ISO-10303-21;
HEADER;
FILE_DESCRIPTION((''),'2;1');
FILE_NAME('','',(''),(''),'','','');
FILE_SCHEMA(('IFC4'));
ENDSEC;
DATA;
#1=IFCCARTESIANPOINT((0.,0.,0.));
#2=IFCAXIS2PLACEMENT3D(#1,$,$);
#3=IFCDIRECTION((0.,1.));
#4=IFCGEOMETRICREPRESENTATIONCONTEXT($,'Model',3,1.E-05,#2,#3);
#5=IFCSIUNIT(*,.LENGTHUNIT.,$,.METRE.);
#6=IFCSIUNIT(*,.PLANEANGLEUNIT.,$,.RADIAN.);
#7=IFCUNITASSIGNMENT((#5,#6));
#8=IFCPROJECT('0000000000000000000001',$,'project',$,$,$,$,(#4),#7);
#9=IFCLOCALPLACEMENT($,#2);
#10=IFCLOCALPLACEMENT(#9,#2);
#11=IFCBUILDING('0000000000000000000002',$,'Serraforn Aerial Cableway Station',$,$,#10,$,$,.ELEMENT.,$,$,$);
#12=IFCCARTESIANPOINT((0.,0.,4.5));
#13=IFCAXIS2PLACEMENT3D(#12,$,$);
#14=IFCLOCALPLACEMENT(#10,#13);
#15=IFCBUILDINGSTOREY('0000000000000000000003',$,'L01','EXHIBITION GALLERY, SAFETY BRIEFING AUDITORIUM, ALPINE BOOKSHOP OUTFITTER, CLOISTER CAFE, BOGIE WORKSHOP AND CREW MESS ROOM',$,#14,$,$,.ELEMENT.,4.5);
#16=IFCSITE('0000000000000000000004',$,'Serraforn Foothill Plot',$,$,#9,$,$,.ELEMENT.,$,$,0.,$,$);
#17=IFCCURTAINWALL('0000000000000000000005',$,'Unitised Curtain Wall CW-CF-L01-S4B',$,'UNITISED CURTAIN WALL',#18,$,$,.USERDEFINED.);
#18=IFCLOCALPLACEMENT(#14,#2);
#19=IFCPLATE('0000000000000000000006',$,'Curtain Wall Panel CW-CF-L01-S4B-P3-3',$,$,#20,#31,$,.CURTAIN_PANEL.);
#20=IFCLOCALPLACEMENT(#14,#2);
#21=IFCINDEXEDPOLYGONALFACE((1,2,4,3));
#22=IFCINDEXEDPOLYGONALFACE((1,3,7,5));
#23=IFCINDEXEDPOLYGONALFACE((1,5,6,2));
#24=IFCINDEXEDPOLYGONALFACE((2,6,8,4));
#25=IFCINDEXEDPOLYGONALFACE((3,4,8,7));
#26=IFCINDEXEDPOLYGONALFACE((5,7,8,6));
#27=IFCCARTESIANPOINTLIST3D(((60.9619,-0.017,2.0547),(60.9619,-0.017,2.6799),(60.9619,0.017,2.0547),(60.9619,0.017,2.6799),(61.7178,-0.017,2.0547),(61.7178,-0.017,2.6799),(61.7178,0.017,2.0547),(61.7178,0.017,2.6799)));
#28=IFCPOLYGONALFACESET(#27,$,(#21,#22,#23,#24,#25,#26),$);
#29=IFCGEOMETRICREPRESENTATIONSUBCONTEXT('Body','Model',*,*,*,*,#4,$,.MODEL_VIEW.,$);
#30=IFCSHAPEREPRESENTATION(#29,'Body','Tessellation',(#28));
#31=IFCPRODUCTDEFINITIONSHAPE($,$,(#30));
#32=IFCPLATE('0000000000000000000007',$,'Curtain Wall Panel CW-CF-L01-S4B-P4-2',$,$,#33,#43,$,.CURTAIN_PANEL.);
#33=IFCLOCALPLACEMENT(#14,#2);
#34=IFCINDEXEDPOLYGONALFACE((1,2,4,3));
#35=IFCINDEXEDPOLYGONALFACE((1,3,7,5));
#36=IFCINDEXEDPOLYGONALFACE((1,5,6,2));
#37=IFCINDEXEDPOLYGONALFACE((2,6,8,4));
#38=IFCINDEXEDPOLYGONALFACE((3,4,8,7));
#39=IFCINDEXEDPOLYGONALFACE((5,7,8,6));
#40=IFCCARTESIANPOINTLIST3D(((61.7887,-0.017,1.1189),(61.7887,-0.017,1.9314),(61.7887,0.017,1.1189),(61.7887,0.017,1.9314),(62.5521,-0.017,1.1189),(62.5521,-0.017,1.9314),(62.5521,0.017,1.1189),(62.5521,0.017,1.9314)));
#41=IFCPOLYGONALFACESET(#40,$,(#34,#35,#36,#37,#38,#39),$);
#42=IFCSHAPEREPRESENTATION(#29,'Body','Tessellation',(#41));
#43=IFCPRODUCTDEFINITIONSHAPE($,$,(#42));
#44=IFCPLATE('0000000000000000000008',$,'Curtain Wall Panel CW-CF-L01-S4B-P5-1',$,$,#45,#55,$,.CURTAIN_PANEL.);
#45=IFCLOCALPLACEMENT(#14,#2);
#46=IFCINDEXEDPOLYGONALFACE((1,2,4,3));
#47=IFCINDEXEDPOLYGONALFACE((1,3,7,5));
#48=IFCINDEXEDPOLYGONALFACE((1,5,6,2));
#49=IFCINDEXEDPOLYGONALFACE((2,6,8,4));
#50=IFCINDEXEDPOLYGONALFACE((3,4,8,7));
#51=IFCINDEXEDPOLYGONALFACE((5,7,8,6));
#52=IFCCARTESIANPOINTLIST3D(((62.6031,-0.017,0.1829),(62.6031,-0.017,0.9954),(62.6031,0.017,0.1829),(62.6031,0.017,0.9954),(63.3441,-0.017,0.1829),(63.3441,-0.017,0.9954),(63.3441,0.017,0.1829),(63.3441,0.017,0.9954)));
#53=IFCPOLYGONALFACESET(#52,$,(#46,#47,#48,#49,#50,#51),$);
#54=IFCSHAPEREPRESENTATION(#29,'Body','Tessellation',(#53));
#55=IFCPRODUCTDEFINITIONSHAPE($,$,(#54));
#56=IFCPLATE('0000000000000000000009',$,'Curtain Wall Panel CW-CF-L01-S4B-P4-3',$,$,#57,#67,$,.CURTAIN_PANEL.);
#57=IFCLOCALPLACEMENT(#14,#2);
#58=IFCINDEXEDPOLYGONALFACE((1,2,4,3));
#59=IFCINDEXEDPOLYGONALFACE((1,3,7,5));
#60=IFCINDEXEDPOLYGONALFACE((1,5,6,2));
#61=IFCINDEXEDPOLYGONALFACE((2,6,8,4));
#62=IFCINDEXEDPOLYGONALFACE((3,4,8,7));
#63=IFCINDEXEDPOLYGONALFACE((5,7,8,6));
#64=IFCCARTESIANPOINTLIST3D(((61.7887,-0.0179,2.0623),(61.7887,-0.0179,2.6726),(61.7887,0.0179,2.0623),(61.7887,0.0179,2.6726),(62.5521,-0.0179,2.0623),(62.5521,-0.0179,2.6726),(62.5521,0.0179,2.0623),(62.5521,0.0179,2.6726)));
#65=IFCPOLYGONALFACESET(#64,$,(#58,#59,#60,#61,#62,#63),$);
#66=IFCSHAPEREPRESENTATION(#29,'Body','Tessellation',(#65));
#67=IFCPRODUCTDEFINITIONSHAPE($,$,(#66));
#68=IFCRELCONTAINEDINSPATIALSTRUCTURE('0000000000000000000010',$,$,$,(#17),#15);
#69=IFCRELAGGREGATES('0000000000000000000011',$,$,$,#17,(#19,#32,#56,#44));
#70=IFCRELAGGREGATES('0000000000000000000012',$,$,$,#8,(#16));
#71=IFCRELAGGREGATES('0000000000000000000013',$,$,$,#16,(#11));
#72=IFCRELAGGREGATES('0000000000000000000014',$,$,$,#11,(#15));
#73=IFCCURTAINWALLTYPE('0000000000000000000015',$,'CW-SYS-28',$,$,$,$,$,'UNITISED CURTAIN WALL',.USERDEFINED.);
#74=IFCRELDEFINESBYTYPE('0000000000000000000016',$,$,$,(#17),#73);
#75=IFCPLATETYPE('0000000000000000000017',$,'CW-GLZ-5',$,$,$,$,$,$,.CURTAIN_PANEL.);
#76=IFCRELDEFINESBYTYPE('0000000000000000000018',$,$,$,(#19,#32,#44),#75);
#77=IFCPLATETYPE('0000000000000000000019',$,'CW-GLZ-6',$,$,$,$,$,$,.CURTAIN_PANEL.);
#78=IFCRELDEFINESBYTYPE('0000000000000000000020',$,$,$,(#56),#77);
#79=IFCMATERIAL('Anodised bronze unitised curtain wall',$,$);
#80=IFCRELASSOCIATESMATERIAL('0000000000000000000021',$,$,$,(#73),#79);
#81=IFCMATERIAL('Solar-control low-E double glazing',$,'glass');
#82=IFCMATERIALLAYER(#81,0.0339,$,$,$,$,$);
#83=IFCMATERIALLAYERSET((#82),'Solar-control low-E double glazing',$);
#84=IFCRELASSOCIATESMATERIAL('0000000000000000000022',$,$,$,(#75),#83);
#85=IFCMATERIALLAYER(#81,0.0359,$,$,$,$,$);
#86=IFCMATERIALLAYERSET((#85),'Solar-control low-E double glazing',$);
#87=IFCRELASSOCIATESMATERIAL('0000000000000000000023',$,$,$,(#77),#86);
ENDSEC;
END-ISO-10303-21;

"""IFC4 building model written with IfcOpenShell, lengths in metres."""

from ifc_helpers import new_model, si_unit, direction, frame, origin, origin_2d, place, context, subcontext, project, spatial, rectangle, extrude, material, layer, layer_set, type_object, element, aggregate, save


model = new_model("IFC4")

# Units and contexts
model_context = context("Model", 3, precision=1e-05, world=origin(), true_north=direction((0.0, 1.0)))
body_context = subcontext(model_context, "Body", "Model", "MODEL_VIEW")
ifc_project = project(units=[si_unit("LENGTHUNIT", "METRE"), si_unit("PLANEANGLEUNIT", "RADIAN")], contexts=[model_context])

# Site, building, storey
site_placement = place(None, origin())
site = spatial("IfcSite", under=ifc_project, at=site_placement, Name="Serraforn Foothill Plot", CompositionType="ELEMENT", RefElevation=0.0)
building_placement = place(site_placement, origin())
building = spatial("IfcBuilding", under=site, at=building_placement, Name="Serraforn Aerial Cableway Station", CompositionType="ELEMENT")
storey_placement = place(building_placement, frame((0.0, 0.0, 4.5)))
storey = spatial("IfcBuildingStorey", under=building, at=storey_placement, Name="L01", Description="EXHIBITION GALLERY, SAFETY BRIEFING AUDITORIUM, ALPINE BOOKSHOP OUTFITTER, CLOISTER CAFE, BOGIE WORKSHOP AND CREW MESS ROOM", CompositionType="ELEMENT", Elevation=4.5)

# Curtain wall, plates
ifc_material_1 = material(Name="Anodised bronze unitised curtain wall")
curtain_wall_type = type_object("IfcCurtainWallType", Name="CW-SYS-28", ElementType="UNITISED CURTAIN WALL", PredefinedType="USERDEFINED", material=ifc_material_1)
curtain_wall_placement = place(storey_placement, origin())
curtain_wall = element("IfcCurtainWall", 1, at=curtain_wall_placement, inside=storey, type_object=curtain_wall_type, Name="Unitised Curtain Wall CW-CF-L01-S4B", ObjectType="UNITISED CURTAIN WALL", PredefinedType="USERDEFINED")
ifc_material_2 = material(Name="Solar-control low-E double glazing", Category="glass")
ifc_layer_1 = layer(ifc_material_2, 0.0339)
ifc_layer_set_1 = layer_set([ifc_layer_1], Name="Solar-control low-E double glazing")
plate_type_1 = type_object("IfcPlateType", Name="CW-GLZ-5", PredefinedType="CURTAIN_PANEL", material=ifc_layer_set_1)
plate_1_placement = place(storey_placement, frame((61.3398, 0.0, 2.0547), z_axis=(0.0, 0.0, 1.0), x_axis=(1.0, 0.0, 0.0)))
plate_1 = element("IfcPlate", 2, at=plate_1_placement, type_object=plate_type_1, Name="Curtain Wall Panel CW-CF-L01-S4B-P3-3", PredefinedType="CURTAIN_PANEL", context=body_context, shape_type="SweptSolid", body=[
    extrude(rectangle(XDim=0.7559, YDim=0.0339, at=origin_2d()), origin(), (0.0, 0.0, 1.0), 0.6252),
])
plate_2_placement = place(storey_placement, frame((62.1704, 0.0, 1.1189), z_axis=(0.0, 0.0, 1.0), x_axis=(1.0, 0.0, 0.0)))
plate_2 = element("IfcPlate", 3, at=plate_2_placement, type_object=plate_type_1, Name="Curtain Wall Panel CW-CF-L01-S4B-P4-2", PredefinedType="CURTAIN_PANEL", context=body_context, shape_type="SweptSolid", body=[
    extrude(rectangle(XDim=0.7634, YDim=0.0339, at=origin_2d()), origin(), (0.0, 0.0, 1.0), 0.8125),
])
plate_3_placement = place(storey_placement, frame((62.9736, 0.0, 0.1829), z_axis=(0.0, 0.0, 1.0), x_axis=(1.0, 0.0, 0.0)))
plate_3 = element("IfcPlate", 4, at=plate_3_placement, type_object=plate_type_1, Name="Curtain Wall Panel CW-CF-L01-S4B-P5-1", PredefinedType="CURTAIN_PANEL", context=body_context, shape_type="SweptSolid", body=[
    extrude(rectangle(XDim=0.741, YDim=0.0339, at=origin_2d()), origin(), (0.0, 0.0, 1.0), 0.8125),
])
ifc_layer_2 = layer(ifc_material_2, 0.0359)
ifc_layer_set_2 = layer_set([ifc_layer_2], Name="Solar-control low-E double glazing")
plate_type_2 = type_object("IfcPlateType", Name="CW-GLZ-6", PredefinedType="CURTAIN_PANEL", material=ifc_layer_set_2)
plate_4_placement = place(storey_placement, frame((62.1704, 0.0, 2.0623), z_axis=(0.0, 0.0, 1.0), x_axis=(1.0, 0.0, 0.0)))
plate_4 = element("IfcPlate", 5, at=plate_4_placement, type_object=plate_type_2, Name="Curtain Wall Panel CW-CF-L01-S4B-P4-3", PredefinedType="CURTAIN_PANEL", context=body_context, shape_type="SweptSolid", body=[
    extrude(rectangle(XDim=0.7634, YDim=0.0359, at=origin_2d()), origin(), (0.0, 0.0, 1.0), 0.6104),
])
aggregate(curtain_wall, [plate_1, plate_2, plate_4, plate_3])

save(model, "model.ifc")
